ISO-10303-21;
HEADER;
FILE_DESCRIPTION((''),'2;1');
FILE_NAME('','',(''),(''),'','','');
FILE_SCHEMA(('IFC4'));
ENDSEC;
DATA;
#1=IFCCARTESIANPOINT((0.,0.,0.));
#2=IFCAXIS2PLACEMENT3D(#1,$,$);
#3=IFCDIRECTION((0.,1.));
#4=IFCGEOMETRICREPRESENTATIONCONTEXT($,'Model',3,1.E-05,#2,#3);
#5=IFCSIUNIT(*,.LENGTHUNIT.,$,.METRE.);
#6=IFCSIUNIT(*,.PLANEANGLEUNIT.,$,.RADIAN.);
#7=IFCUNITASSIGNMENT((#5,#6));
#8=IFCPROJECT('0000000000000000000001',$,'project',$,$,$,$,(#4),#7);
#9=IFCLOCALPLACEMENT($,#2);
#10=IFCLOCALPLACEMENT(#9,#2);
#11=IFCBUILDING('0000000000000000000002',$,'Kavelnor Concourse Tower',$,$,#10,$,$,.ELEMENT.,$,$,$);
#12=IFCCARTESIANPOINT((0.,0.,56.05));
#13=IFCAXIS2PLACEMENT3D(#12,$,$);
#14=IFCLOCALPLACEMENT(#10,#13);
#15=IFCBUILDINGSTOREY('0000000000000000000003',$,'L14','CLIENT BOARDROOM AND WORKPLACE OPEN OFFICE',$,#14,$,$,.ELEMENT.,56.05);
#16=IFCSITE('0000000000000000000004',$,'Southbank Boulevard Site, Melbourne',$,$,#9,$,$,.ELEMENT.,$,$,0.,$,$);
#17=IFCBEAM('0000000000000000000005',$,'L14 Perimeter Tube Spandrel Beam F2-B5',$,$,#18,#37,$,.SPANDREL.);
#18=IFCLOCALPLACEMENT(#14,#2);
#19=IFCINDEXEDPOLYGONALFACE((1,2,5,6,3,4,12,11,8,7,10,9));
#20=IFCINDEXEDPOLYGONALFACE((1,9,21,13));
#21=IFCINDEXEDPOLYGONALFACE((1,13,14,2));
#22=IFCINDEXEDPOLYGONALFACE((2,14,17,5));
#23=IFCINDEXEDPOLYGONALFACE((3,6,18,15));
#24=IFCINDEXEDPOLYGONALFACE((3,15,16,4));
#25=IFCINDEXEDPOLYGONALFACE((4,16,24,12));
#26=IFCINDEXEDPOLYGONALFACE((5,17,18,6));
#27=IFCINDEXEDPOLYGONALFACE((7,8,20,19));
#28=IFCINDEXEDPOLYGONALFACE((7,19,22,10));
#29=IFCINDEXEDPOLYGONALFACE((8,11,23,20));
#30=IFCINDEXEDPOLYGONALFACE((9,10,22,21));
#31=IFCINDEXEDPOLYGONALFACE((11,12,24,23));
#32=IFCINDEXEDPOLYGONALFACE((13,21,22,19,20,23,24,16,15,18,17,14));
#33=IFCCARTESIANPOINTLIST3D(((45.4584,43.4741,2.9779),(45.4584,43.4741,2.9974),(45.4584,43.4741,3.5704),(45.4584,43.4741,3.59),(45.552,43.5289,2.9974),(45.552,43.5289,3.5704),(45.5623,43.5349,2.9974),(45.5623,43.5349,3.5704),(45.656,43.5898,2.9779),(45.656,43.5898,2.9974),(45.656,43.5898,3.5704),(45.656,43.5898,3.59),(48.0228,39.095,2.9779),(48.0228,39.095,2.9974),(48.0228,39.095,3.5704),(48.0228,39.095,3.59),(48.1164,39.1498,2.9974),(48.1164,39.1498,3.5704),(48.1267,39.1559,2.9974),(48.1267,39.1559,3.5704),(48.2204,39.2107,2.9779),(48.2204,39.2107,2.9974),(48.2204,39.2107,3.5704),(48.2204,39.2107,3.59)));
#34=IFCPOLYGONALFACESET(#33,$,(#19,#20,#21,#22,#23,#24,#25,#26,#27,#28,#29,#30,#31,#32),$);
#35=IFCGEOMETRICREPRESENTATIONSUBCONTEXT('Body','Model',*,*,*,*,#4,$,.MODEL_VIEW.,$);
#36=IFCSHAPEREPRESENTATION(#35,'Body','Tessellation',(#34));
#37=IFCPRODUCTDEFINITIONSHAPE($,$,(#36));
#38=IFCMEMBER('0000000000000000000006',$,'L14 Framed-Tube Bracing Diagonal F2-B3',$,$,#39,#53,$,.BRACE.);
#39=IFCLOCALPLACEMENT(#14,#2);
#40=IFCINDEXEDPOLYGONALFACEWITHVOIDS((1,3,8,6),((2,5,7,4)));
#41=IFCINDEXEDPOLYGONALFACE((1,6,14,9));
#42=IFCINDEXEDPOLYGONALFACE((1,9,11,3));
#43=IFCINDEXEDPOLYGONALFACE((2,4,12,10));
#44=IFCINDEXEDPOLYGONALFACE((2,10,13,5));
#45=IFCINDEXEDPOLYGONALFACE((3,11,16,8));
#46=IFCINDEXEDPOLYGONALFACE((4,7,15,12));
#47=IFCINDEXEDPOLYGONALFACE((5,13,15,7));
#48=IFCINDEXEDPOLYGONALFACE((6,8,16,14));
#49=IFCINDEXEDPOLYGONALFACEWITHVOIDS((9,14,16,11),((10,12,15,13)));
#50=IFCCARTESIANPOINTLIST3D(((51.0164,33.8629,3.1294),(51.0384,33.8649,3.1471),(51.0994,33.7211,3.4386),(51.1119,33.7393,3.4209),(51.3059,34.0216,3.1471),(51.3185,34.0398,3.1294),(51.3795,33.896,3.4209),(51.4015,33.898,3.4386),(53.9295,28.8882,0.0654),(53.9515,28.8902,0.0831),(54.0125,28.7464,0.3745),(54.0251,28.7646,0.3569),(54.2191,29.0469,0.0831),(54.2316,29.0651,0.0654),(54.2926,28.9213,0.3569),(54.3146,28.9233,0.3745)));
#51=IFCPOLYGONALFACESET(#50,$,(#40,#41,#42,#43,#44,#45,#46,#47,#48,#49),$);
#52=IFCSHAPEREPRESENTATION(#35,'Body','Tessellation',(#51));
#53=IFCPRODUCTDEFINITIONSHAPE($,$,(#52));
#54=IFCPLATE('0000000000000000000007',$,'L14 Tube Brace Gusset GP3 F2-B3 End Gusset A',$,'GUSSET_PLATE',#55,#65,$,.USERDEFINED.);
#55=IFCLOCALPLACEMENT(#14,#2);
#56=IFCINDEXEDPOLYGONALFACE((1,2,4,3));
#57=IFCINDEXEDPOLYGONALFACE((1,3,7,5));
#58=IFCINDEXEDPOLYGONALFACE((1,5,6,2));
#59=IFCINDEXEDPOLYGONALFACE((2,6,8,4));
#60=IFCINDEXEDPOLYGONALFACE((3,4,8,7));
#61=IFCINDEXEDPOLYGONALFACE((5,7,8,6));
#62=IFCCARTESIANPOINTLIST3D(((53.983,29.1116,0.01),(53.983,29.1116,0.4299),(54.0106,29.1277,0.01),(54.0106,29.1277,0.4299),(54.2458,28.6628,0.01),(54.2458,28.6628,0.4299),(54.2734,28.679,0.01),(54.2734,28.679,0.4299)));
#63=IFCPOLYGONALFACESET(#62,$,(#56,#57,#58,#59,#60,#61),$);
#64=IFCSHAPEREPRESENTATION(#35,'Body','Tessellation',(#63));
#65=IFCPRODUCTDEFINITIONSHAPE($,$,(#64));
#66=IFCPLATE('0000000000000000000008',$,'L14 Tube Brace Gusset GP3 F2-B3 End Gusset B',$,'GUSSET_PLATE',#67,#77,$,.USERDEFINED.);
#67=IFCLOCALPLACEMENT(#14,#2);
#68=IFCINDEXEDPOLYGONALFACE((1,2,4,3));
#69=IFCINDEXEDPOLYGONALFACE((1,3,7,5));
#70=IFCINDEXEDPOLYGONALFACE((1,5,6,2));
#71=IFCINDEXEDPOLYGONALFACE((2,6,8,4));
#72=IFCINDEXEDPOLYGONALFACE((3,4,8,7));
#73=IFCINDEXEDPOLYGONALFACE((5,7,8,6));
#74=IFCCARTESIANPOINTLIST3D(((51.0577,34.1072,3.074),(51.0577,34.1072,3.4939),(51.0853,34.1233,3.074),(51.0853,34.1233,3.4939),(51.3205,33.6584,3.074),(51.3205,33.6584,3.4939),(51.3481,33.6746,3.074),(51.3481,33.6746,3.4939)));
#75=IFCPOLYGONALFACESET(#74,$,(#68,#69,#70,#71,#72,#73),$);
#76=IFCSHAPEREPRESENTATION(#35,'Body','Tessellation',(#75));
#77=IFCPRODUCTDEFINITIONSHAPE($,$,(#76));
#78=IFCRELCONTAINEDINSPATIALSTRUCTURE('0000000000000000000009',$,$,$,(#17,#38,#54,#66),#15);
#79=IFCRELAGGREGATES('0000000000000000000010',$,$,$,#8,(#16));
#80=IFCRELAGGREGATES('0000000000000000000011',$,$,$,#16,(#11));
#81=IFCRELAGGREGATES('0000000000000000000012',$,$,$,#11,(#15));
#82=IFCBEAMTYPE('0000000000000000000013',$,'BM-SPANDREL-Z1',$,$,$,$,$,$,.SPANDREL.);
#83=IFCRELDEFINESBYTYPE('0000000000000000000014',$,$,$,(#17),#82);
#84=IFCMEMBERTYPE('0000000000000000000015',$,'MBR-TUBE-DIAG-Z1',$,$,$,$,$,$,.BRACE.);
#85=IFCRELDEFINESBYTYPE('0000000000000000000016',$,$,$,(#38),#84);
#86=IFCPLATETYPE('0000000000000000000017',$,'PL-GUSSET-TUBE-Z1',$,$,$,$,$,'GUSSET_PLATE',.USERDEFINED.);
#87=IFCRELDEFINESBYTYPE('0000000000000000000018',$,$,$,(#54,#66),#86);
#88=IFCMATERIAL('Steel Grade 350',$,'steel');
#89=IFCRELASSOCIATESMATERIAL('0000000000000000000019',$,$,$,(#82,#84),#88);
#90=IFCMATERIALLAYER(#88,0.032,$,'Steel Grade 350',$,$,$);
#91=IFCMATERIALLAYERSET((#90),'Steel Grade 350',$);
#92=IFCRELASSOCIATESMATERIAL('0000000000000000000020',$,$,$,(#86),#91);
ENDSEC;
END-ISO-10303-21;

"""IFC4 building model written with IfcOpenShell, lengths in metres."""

from ifc_helpers import new_model, si_unit, direction, frame, origin, origin_2d, place, context, subcontext, project, spatial, rectangle, hollow_rectangle, i_section, extrude, material, layer, layer_set, material_profile, profile_set, type_object, element, save


model = new_model("IFC4")

# Units and contexts
model_context = context("Model", 3, precision=1e-05, world=origin(), true_north=direction((0.0, 1.0)))
body_context = subcontext(model_context, "Body", "Model", "MODEL_VIEW")
ifc_project = project(units=[si_unit("LENGTHUNIT", "METRE"), si_unit("PLANEANGLEUNIT", "RADIAN")], contexts=[model_context])

# Site, building, storey
site_placement = place(None, origin())
site = spatial("IfcSite", under=ifc_project, at=site_placement, Name="Southbank Boulevard Site, Melbourne", CompositionType="ELEMENT", RefElevation=0.0)
building_placement = place(site_placement, origin())
building = spatial("IfcBuilding", under=site, at=building_placement, Name="Kavelnor Concourse Tower", CompositionType="ELEMENT")
storey_placement = place(building_placement, frame((0.0, 0.0, 56.05)))
storey = spatial("IfcBuildingStorey", under=building, at=storey_placement, Name="L14", Description="CLIENT BOARDROOM AND WORKPLACE OPEN OFFICE", CompositionType="ELEMENT", Elevation=56.05)

# Shared definitions
ifc_material_1 = material(Name="Steel Grade 350", Category="steel")

# Beam
ifc_material_profile_1 = material_profile(ifc_material_1, i_section(OverallWidth=0.229, OverallDepth=0.6121, WebThickness=0.012, FlangeThickness=0.0195, at=origin_2d()), Name="610UB125")
ifc_profile_set_1 = profile_set([ifc_material_profile_1], Name="Steel Grade 350")
beam_type_1 = type_object("IfcBeamType", Name="BM-SPANDREL-Z1", PredefinedType="SPANDREL", material=ifc_profile_set_1)
beam_1_placement = place(storey_placement, frame((48.1216, 39.1528, 3.2839), z_axis=(-0.505333, 0.862924, 0.0), x_axis=(-0.862924, -0.505333, 0.0)))
element("IfcBeam", 1, at=beam_1_placement, inside=storey, type_object=beam_type_1, Name="L14 Perimeter Tube Spandrel Beam F2-B5", PredefinedType="SPANDREL", context=body_context, shape_type="SweptSolid", body=[
    extrude(i_section(OverallWidth=0.229, OverallDepth=0.6121, WebThickness=0.012, FlangeThickness=0.0195, at=origin_2d()), origin(), (0.0, 0.0, 1.0), 5.0747),
])

# Member
ifc_material_profile_2 = material_profile(ifc_material_1, hollow_rectangle(XDim=0.3501, YDim=0.3501, WallThickness=0.02, at=origin_2d()), Name="SHS 350x350x20")
ifc_profile_set_2 = profile_set([ifc_material_profile_2], Name="Steel Grade 350")
member_type = type_object("IfcMemberType", Name="MBR-TUBE-DIAG-Z1", PredefinedType="BRACE", material=ifc_profile_set_2)
member_placement = place(storey_placement, frame((54.1221, 28.9058, 0.22), z_axis=(-0.446214, 0.761989, 0.469325), x_axis=(-0.86293, -0.505324, 0.0)))
element("IfcMember", 2, at=member_placement, inside=storey, type_object=member_type, Name="L14 Framed-Tube Bracing Diagonal F2-B3", PredefinedType="BRACE", context=body_context, shape_type="SweptSolid", body=[
    extrude(hollow_rectangle(XDim=0.3501, YDim=0.3501, WallThickness=0.02, at=origin_2d()), origin(), (0.0, 0.0, 1.0), 6.5286),
])

# Plates
ifc_layer_1 = layer(ifc_material_1, 0.032, Name="Steel Grade 350")
ifc_layer_set_1 = layer_set([ifc_layer_1], Name="Steel Grade 350")
plate_type = type_object("IfcPlateType", Name="PL-GUSSET-TUBE-Z1", ElementType="GUSSET_PLATE", PredefinedType="USERDEFINED", material=ifc_layer_set_1)
for number, where, z_axis, x_axis, name in (
    (3, (54.1282, 28.8953, 0.01), (0.0, 0.0, 1.0), (-0.505281, 0.862955, 0.0), "L14 Tube Brace Gusset GP3 F2-B3 End Gusset A"),
    (4, (51.2029, 33.8909, 3.074), (0.0, 0.0, 1.0), (-0.505281, 0.862955, 0.0), "L14 Tube Brace Gusset GP3 F2-B3 End Gusset B"),
):
    element("IfcPlate", number, at=place(storey_placement, frame(where, z_axis=z_axis, x_axis=x_axis)), inside=storey, type_object=plate_type, Name=name, ObjectType="GUSSET_PLATE", PredefinedType="USERDEFINED", context=body_context, shape_type="SweptSolid", body=[
        extrude(rectangle(XDim=0.52, YDim=0.032, at=origin_2d()), origin(), (0.0, 0.0, 1.0), 0.4199),
    ])

save(model, "model.ifc")
